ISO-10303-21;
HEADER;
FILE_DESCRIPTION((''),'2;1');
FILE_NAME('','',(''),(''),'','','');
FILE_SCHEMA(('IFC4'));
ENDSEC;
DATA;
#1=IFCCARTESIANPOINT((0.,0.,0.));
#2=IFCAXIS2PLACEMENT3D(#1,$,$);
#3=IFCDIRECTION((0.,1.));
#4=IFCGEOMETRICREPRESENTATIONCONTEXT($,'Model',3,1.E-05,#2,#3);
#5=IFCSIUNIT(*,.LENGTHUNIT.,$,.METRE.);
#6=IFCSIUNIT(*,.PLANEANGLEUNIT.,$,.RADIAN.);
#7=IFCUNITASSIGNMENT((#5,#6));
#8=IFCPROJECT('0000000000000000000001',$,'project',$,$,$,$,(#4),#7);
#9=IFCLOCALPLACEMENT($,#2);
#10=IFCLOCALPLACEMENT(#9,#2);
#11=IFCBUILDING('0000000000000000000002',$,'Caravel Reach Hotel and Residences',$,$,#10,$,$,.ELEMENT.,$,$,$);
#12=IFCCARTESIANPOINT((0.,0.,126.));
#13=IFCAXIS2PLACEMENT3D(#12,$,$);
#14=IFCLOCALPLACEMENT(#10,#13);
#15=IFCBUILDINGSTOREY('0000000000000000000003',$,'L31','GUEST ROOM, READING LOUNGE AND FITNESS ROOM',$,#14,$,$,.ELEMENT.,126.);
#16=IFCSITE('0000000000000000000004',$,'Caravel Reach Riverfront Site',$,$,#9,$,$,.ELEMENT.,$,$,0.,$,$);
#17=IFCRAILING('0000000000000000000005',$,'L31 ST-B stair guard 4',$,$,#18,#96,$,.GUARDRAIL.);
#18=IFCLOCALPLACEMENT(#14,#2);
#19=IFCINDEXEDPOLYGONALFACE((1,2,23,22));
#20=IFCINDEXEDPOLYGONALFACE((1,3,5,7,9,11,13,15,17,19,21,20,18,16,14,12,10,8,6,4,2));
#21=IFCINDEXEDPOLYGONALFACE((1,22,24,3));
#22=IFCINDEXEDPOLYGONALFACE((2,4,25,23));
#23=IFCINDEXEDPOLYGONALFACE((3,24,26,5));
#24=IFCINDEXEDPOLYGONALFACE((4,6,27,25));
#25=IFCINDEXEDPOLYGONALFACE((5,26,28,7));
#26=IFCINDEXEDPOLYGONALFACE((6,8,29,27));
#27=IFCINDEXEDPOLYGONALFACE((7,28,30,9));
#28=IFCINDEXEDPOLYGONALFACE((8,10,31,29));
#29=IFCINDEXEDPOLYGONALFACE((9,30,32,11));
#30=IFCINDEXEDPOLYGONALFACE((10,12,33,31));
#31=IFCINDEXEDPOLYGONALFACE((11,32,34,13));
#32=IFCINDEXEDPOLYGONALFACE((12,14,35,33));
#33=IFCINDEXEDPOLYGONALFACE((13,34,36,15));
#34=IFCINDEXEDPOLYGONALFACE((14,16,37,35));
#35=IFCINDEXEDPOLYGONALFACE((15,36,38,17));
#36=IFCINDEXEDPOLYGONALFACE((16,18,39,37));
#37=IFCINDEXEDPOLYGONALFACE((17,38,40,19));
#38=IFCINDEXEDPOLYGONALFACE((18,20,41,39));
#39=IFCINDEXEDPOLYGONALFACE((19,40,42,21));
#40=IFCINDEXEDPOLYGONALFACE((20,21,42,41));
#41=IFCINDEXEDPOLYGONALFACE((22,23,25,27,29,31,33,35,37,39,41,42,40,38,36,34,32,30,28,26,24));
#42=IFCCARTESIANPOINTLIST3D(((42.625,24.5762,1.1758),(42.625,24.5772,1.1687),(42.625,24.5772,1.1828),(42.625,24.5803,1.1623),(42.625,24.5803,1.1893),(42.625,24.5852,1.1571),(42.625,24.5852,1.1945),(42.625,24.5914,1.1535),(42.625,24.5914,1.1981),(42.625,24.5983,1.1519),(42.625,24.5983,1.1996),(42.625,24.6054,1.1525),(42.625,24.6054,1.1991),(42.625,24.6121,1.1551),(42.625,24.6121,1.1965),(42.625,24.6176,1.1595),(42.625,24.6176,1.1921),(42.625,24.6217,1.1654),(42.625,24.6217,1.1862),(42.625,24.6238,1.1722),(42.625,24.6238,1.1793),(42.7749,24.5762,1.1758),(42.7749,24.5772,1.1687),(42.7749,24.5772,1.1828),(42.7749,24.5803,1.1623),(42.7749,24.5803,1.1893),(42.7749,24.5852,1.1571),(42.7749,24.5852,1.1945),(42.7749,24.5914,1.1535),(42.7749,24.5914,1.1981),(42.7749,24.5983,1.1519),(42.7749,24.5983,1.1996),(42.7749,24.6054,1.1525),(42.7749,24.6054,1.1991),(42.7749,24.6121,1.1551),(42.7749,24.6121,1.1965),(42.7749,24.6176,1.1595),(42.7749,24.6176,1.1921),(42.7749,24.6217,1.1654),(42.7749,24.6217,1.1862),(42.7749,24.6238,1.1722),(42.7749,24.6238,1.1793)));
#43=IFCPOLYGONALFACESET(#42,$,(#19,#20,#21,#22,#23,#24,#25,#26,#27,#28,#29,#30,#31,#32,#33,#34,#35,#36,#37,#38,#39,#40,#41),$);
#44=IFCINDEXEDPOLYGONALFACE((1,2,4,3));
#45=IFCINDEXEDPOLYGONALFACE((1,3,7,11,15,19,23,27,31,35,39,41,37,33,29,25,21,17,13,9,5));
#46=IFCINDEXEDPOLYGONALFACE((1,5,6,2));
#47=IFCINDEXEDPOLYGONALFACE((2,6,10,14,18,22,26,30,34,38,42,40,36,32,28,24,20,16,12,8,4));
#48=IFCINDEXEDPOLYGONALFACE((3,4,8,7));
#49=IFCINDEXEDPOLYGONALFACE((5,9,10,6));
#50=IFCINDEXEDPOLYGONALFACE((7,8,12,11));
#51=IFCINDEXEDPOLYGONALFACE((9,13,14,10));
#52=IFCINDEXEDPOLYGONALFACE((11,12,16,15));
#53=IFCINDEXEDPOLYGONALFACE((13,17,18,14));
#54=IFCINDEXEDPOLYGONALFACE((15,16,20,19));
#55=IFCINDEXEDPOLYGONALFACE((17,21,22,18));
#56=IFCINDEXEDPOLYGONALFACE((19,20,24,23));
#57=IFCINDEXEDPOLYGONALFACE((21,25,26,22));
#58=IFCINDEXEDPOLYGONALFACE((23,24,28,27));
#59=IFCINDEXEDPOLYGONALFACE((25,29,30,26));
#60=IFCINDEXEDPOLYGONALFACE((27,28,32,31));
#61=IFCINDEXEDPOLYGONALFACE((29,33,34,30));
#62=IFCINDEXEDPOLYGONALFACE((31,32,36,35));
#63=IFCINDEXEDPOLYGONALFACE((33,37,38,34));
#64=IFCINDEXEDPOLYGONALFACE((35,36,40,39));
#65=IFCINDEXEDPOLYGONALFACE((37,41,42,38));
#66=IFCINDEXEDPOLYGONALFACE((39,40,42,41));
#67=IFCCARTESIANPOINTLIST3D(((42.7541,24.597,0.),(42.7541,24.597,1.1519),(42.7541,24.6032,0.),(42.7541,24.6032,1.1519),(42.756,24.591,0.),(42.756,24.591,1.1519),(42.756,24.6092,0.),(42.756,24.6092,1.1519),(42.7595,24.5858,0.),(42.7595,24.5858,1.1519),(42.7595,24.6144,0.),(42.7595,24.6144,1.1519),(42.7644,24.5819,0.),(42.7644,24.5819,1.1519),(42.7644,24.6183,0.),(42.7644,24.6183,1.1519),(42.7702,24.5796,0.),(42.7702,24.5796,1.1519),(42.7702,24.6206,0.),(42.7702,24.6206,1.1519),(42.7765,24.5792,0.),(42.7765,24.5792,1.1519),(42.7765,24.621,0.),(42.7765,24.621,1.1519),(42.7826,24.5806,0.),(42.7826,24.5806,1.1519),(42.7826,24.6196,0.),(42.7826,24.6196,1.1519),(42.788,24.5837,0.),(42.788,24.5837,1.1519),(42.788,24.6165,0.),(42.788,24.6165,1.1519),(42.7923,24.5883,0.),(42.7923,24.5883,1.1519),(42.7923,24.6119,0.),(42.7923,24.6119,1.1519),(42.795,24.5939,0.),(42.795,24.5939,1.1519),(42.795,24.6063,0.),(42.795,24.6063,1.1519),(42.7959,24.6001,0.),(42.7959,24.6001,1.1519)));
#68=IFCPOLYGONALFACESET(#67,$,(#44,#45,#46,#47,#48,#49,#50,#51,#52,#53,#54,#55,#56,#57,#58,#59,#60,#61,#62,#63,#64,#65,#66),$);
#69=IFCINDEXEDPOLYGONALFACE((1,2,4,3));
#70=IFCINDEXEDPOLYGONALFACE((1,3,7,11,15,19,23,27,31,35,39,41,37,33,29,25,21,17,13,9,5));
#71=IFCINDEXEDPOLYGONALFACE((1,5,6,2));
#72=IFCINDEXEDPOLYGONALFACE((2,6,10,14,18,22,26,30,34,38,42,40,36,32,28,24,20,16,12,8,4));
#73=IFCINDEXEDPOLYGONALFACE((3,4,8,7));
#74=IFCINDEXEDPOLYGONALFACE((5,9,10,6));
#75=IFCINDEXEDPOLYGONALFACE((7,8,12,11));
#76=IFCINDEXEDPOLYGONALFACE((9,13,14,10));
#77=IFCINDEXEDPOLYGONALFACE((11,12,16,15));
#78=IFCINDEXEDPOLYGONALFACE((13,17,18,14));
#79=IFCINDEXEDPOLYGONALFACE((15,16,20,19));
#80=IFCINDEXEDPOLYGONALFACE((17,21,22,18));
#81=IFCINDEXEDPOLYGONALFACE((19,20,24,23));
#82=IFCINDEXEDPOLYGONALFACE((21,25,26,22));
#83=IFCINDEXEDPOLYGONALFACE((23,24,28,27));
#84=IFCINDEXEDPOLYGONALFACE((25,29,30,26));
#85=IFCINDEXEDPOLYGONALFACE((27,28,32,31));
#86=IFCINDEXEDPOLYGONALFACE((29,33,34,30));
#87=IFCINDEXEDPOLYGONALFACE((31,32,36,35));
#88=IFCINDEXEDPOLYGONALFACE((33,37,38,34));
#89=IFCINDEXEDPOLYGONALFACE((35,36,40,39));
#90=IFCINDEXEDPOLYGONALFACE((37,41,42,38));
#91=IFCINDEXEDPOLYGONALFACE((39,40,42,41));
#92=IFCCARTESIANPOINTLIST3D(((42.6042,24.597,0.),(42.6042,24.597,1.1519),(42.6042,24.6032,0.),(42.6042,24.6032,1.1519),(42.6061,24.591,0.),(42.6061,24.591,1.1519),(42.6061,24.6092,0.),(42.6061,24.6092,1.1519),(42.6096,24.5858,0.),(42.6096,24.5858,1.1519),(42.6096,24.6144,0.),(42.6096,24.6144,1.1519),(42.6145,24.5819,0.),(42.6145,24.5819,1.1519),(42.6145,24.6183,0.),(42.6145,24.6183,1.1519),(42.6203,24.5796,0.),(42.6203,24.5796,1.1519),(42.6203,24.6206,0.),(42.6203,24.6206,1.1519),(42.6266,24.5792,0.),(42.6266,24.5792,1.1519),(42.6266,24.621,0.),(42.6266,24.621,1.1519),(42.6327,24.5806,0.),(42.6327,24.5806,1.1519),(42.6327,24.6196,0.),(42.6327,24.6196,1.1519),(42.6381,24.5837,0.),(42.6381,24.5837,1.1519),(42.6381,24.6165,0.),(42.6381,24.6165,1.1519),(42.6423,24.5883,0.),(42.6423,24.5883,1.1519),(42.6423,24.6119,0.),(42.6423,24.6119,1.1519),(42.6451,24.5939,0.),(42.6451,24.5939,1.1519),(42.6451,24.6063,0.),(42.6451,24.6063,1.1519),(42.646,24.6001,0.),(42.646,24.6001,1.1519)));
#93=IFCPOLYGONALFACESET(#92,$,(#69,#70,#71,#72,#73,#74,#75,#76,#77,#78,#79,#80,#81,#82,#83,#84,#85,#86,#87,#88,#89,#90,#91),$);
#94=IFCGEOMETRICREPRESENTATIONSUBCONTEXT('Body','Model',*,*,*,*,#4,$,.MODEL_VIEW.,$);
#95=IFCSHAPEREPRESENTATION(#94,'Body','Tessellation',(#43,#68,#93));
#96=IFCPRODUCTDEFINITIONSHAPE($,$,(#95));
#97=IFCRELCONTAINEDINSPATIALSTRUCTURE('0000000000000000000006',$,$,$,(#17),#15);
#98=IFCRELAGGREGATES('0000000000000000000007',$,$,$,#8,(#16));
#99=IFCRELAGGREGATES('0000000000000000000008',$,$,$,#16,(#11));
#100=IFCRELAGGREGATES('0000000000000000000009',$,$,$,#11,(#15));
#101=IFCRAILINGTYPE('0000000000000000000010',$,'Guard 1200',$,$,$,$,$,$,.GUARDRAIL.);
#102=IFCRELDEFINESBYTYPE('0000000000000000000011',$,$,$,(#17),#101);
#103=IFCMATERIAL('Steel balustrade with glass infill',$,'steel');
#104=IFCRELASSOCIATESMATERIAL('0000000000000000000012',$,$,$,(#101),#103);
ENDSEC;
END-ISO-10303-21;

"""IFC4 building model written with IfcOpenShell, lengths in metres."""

from ifc_helpers import new_model, si_unit, direction, frame, origin, origin_2d, place, context, subcontext, project, spatial, circle, extrude, material, type_object, element, save


model = new_model("IFC4")

# Units and contexts
model_context = context("Model", 3, precision=1e-05, world=origin(), true_north=direction((0.0, 1.0)))
body_context = subcontext(model_context, "Body", "Model", "MODEL_VIEW")
ifc_project = project(units=[si_unit("LENGTHUNIT", "METRE"), si_unit("PLANEANGLEUNIT", "RADIAN")], contexts=[model_context])

# Site, building, storey
site_placement = place(None, origin())
site = spatial("IfcSite", under=ifc_project, at=site_placement, Name="Caravel Reach Riverfront Site", CompositionType="ELEMENT", RefElevation=0.0)
building_placement = place(site_placement, origin())
building = spatial("IfcBuilding", under=site, at=building_placement, Name="Caravel Reach Hotel and Residences", CompositionType="ELEMENT")
storey_placement = place(building_placement, frame((0.0, 0.0, 126.0)))
storey = spatial("IfcBuildingStorey", under=building, at=storey_placement, Name="L31", Description="GUEST ROOM, READING LOUNGE AND FITNESS ROOM", CompositionType="ELEMENT", Elevation=126.0)

# Railing
ifc_material_1 = material(Name="Steel balustrade with glass infill", Category="steel")
railing_type_1 = type_object("IfcRailingType", Name="Guard 1200", PredefinedType="GUARDRAIL", material=ifc_material_1)
railing_1_placement = place(storey_placement, frame((42.7749, 24.6001, 0.0)))
element("IfcRailing", 1, at=railing_1_placement, inside=storey, type_object=railing_type_1, Name="L31 ST-B stair guard 4", PredefinedType="GUARDRAIL", context=body_context, shape_type="SweptSolid", body=[
    extrude(circle(Radius=0.0239, at=origin_2d()), frame((0.0, 0.0, 1.1758), z_axis=(-1.0, 0.0, 0.0), x_axis=(0.0, -1.0, 0.0)), (0.0, 0.0, 1.0), 0.1499),
    extrude(circle(Radius=0.021, at=origin_2d()), origin(), (0.0, 0.0, 1.0), 1.1519),
    extrude(circle(Radius=0.021, at=origin_2d()), frame((-0.1499, 0.0, 0.0)), (0.0, 0.0, 1.0), 1.1519),
])

save(model, "model.ifc")
